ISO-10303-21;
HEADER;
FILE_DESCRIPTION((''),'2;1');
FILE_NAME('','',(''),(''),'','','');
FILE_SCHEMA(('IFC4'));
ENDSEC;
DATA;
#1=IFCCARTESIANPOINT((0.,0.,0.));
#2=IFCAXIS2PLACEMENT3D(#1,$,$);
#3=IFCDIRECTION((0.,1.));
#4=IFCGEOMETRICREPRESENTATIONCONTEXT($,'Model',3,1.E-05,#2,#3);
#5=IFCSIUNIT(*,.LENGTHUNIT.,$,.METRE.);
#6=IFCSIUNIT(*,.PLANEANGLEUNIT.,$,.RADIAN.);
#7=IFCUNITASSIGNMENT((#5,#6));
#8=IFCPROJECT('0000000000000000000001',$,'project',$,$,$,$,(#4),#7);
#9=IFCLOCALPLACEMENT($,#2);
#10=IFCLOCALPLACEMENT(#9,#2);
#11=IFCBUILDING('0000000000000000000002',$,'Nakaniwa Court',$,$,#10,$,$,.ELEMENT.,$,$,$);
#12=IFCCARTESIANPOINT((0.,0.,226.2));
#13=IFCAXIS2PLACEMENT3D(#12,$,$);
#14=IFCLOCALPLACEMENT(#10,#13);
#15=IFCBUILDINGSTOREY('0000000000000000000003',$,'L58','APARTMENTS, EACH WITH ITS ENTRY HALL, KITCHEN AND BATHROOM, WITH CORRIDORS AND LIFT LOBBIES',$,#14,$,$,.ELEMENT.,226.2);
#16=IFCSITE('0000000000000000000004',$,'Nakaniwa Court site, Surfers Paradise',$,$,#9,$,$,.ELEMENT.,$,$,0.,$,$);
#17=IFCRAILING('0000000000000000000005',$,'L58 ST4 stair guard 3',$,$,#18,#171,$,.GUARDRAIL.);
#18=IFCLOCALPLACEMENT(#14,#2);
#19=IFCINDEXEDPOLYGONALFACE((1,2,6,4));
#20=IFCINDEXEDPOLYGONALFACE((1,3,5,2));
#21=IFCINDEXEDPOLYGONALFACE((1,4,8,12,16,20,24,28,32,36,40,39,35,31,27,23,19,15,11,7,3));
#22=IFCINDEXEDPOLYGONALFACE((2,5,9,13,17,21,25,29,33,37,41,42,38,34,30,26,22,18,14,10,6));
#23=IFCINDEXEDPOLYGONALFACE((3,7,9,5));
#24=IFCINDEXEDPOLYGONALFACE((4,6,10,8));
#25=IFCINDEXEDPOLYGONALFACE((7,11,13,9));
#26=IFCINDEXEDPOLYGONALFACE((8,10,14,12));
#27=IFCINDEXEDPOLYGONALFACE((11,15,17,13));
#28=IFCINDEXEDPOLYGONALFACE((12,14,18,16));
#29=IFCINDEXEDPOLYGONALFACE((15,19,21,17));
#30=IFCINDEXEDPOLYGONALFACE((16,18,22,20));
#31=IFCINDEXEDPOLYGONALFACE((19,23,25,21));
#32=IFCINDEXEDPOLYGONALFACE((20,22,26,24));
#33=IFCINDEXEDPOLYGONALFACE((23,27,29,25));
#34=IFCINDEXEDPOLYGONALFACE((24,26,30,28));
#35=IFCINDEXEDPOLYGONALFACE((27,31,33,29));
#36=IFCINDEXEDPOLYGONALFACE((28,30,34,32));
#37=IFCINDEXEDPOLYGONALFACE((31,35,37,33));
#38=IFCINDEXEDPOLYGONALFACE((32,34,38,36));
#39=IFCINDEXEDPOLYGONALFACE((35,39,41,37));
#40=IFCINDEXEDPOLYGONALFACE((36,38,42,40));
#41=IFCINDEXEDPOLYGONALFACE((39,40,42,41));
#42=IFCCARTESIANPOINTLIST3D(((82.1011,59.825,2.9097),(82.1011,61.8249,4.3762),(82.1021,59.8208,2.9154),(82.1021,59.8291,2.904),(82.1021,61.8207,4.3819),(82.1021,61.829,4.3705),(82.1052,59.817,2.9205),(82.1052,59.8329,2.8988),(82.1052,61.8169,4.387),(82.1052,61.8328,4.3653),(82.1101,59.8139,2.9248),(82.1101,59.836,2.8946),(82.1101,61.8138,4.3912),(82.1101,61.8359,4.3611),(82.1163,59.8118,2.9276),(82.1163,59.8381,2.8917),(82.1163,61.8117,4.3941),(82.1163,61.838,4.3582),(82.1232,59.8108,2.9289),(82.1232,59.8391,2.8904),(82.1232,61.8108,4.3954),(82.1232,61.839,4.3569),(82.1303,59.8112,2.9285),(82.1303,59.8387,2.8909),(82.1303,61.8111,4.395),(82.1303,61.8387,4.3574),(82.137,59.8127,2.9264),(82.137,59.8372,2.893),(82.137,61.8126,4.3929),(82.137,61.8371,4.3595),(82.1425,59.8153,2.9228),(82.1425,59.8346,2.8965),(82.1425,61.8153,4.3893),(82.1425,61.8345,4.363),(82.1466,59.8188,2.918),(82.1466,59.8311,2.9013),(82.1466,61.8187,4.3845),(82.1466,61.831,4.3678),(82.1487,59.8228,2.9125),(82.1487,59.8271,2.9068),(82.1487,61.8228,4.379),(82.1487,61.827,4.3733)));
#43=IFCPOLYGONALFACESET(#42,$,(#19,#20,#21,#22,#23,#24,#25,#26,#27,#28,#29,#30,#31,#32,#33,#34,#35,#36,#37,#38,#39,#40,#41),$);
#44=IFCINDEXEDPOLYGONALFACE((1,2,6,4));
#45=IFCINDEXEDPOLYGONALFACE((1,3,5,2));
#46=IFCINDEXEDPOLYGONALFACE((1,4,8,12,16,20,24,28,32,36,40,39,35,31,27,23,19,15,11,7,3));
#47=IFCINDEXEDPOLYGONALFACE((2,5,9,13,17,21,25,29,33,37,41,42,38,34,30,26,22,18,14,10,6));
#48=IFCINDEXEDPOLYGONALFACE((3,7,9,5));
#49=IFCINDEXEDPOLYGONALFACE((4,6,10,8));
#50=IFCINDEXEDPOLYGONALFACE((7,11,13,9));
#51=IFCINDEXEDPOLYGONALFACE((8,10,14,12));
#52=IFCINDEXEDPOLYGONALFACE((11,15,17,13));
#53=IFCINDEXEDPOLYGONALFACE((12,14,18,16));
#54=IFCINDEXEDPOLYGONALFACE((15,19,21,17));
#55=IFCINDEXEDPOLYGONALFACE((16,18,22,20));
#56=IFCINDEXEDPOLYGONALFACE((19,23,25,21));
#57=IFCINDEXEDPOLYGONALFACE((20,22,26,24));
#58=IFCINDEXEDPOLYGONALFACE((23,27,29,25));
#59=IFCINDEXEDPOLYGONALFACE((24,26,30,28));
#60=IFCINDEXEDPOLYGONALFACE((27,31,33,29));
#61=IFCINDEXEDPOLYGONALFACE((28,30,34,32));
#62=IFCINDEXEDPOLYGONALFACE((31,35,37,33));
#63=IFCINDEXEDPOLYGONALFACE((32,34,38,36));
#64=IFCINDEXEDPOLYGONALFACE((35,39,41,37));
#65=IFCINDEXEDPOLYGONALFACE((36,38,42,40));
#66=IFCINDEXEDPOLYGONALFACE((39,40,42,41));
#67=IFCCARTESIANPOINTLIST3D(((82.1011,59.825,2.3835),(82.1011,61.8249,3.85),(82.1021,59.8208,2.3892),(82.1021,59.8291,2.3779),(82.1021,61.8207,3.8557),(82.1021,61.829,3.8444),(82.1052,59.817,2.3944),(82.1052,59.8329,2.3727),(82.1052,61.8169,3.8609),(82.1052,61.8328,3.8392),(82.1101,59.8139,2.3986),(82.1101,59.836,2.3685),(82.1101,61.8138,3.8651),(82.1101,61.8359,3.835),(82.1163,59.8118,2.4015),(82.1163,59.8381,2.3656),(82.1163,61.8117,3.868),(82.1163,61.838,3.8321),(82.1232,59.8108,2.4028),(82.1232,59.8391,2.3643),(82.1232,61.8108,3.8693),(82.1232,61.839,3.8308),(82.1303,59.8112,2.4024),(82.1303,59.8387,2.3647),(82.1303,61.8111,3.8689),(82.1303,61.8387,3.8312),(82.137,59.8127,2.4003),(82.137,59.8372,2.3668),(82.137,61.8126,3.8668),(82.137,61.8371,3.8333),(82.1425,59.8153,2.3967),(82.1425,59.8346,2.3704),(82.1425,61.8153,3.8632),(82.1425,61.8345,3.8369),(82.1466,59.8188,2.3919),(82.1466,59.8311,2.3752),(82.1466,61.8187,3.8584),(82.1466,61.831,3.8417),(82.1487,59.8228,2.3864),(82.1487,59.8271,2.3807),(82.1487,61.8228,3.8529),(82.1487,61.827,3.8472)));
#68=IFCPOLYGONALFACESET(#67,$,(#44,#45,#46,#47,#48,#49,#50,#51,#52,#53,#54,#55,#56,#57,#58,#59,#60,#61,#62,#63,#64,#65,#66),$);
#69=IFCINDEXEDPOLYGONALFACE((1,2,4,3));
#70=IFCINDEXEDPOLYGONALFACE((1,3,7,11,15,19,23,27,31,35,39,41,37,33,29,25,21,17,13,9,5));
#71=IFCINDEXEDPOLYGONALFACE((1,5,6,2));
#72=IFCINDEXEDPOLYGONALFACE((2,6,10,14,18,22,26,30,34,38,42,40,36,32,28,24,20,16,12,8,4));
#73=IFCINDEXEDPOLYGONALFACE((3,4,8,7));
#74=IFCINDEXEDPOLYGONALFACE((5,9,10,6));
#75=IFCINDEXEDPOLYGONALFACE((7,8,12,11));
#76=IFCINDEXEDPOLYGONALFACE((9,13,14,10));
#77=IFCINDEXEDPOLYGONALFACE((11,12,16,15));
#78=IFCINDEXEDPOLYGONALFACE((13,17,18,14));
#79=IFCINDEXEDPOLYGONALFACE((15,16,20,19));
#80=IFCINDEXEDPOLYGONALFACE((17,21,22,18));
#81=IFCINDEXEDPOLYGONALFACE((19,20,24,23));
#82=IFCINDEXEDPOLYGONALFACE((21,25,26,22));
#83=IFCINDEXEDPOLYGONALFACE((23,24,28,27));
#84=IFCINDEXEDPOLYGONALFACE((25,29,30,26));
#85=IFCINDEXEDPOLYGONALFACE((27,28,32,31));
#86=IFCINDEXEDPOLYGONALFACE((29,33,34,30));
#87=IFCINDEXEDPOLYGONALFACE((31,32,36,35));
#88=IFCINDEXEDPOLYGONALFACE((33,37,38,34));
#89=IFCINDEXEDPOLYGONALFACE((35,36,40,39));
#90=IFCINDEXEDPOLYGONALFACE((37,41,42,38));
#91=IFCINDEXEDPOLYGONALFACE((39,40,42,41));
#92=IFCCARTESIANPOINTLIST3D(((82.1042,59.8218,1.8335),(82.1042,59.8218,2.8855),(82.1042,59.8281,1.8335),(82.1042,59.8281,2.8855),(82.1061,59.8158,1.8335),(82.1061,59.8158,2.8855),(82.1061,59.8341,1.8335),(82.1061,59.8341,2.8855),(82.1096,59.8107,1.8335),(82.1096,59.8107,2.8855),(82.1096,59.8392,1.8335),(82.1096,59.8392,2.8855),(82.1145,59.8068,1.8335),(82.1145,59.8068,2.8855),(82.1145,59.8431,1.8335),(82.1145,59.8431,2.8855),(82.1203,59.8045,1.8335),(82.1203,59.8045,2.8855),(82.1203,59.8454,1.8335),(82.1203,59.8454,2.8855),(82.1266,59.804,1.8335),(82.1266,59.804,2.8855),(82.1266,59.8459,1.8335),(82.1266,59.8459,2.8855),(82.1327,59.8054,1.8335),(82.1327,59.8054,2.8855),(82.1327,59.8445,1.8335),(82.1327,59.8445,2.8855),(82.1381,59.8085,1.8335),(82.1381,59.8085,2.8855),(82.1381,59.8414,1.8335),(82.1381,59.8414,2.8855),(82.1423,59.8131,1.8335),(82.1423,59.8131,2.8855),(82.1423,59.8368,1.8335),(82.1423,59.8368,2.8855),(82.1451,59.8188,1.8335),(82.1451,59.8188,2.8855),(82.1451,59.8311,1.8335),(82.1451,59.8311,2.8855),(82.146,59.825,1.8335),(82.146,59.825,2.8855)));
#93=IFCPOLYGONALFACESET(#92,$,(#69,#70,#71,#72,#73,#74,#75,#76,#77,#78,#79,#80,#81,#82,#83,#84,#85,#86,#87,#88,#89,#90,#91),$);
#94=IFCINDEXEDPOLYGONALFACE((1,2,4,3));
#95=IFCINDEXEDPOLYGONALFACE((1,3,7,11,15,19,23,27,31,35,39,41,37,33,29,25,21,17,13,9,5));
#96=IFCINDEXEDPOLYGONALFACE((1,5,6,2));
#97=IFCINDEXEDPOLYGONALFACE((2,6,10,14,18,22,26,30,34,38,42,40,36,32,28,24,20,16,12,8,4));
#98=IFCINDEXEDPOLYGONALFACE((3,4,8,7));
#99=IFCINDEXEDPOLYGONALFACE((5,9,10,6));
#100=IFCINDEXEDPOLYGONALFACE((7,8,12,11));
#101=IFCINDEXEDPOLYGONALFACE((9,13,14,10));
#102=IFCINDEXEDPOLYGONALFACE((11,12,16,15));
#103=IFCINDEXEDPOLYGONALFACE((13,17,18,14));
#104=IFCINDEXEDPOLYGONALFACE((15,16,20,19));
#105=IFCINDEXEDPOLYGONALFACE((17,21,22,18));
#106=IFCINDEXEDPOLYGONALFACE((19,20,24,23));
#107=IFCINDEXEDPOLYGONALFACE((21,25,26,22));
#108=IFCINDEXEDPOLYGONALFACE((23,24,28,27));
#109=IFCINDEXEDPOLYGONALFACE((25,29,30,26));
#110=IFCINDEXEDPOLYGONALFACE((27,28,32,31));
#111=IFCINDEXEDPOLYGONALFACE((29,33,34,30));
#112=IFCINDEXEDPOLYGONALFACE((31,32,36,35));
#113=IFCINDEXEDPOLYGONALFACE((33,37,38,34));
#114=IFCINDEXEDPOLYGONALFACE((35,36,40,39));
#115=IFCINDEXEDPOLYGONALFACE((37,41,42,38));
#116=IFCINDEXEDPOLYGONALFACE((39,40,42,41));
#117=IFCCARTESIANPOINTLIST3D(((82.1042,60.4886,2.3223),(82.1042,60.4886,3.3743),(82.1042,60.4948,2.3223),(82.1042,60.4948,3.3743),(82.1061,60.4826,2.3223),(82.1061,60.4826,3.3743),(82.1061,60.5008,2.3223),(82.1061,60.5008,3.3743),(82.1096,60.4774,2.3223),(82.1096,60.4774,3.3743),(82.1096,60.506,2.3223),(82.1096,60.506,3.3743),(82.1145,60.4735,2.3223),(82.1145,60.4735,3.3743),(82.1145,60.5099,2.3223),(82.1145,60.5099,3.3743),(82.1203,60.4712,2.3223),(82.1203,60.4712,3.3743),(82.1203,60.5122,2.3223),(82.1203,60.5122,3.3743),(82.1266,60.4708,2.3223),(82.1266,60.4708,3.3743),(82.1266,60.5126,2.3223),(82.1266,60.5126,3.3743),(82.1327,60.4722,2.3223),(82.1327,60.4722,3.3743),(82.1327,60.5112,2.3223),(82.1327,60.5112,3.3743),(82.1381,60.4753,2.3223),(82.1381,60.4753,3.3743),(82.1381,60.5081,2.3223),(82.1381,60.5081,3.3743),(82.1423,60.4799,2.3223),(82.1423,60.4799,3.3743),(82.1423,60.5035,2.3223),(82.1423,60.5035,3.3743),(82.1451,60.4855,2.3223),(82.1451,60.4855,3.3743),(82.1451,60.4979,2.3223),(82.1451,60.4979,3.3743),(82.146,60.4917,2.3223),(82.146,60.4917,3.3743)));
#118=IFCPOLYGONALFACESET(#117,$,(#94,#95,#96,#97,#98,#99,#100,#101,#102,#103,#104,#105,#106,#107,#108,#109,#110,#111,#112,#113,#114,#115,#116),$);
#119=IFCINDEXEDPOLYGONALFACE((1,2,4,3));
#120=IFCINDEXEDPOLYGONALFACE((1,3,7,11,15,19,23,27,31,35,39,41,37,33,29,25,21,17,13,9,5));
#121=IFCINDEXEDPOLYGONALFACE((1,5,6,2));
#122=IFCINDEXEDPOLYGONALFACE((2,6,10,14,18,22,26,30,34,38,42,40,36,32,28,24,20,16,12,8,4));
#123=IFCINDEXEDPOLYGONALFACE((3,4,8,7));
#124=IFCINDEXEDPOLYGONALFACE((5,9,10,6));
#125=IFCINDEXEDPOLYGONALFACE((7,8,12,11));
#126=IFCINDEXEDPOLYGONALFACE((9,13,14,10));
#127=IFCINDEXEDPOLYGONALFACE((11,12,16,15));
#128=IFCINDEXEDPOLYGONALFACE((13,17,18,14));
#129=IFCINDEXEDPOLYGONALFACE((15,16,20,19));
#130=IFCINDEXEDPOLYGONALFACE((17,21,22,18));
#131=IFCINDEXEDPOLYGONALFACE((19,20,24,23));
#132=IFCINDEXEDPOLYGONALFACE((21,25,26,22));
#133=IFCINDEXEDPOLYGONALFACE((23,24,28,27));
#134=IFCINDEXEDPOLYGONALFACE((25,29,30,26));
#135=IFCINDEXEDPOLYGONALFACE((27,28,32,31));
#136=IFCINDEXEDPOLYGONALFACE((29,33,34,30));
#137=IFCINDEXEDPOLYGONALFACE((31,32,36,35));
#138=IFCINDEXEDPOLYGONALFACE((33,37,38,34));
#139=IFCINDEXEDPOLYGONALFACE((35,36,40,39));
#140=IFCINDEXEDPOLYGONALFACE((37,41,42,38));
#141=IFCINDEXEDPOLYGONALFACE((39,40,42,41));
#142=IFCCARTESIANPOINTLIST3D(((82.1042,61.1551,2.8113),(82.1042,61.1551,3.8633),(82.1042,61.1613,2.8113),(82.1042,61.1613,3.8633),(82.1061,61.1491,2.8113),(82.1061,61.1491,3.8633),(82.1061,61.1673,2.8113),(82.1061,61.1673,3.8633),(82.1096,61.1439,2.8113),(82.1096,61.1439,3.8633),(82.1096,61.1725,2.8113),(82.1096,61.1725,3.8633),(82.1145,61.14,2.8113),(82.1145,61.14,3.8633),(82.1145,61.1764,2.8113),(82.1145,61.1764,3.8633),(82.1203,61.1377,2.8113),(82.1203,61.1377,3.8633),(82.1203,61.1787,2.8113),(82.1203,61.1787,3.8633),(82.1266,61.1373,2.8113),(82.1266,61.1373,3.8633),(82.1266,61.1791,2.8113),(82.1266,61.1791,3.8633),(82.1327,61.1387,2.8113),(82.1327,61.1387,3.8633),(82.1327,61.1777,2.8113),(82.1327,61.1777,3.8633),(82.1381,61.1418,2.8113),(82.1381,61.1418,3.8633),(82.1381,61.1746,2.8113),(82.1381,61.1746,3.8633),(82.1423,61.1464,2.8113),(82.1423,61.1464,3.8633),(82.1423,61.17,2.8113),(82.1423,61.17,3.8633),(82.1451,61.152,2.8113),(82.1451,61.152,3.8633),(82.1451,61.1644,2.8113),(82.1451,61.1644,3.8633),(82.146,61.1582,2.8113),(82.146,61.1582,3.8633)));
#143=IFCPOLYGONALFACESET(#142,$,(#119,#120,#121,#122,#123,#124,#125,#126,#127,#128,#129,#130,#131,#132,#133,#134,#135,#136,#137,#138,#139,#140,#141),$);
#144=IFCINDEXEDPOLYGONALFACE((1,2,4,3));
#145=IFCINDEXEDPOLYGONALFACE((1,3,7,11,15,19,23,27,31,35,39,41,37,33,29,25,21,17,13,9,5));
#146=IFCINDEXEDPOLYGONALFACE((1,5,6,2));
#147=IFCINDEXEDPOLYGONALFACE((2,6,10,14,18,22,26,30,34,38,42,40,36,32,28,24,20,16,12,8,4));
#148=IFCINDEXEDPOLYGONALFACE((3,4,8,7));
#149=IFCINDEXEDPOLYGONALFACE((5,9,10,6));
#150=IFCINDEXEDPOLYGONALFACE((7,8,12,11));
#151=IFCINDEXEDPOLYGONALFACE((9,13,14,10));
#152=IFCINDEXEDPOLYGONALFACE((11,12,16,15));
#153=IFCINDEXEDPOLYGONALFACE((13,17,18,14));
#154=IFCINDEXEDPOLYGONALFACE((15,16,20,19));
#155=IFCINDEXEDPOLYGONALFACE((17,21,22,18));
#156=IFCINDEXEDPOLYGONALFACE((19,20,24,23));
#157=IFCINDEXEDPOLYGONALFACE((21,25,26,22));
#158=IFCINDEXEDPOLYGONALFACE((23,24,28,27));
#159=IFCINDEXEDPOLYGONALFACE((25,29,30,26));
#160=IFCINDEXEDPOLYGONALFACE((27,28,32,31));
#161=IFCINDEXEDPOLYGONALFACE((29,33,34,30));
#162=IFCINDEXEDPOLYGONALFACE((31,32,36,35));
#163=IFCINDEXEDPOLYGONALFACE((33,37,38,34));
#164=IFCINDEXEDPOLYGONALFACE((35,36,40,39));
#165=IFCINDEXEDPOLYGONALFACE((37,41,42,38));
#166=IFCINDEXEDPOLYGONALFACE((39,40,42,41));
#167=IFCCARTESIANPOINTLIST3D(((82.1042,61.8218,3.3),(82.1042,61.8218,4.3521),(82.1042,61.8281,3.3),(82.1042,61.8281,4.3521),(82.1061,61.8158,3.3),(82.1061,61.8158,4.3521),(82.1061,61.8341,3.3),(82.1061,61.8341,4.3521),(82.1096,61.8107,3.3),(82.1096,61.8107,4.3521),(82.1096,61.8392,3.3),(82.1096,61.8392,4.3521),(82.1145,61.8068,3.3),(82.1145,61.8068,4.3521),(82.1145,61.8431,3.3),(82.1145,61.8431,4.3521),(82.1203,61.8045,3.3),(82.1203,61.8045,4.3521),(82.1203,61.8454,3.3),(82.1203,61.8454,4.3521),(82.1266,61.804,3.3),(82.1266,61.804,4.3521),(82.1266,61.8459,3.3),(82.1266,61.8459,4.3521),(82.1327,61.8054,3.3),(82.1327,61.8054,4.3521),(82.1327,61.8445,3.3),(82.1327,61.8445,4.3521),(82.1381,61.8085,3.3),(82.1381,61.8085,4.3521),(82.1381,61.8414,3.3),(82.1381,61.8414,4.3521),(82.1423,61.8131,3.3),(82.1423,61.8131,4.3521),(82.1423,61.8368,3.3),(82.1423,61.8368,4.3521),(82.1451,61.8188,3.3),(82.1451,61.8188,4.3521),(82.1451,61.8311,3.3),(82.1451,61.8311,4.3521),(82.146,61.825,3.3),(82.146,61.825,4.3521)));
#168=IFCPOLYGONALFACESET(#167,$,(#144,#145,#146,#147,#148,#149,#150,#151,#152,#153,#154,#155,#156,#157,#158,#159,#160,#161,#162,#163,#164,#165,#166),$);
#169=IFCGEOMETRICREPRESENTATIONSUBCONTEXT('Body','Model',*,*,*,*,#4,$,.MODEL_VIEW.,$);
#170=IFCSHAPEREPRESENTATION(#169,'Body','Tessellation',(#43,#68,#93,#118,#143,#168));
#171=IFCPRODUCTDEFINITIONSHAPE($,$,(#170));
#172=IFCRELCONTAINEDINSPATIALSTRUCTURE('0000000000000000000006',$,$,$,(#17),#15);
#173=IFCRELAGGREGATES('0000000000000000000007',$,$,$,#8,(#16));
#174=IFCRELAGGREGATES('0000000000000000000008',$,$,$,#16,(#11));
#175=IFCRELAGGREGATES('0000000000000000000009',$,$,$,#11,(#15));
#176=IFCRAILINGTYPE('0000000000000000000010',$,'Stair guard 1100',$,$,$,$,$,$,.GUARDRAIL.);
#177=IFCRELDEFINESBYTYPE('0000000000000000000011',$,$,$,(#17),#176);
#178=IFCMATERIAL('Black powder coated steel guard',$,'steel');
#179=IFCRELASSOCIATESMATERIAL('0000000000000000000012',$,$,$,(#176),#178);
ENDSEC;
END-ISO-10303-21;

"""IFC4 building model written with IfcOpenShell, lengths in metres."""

from ifc_helpers import new_model, si_unit, direction, frame, origin, origin_2d, place, context, subcontext, project, spatial, circle, extrude, material, type_object, element, save


model = new_model("IFC4")

# Units and contexts
model_context = context("Model", 3, precision=1e-05, world=origin(), true_north=direction((0.0, 1.0)))
body_context = subcontext(model_context, "Body", "Model", "MODEL_VIEW")
ifc_project = project(units=[si_unit("LENGTHUNIT", "METRE"), si_unit("PLANEANGLEUNIT", "RADIAN")], contexts=[model_context])

# Site, building, storey
site_placement = place(None, origin())
site = spatial("IfcSite", under=ifc_project, at=site_placement, Name="Nakaniwa Court site, Surfers Paradise", CompositionType="ELEMENT", RefElevation=0.0)
building_placement = place(site_placement, origin())
building = spatial("IfcBuilding", under=site, at=building_placement, Name="Nakaniwa Court", CompositionType="ELEMENT")
storey_placement = place(building_placement, frame((0.0, 0.0, 226.2)))
storey = spatial("IfcBuildingStorey", under=building, at=storey_placement, Name="L58", Description="APARTMENTS, EACH WITH ITS ENTRY HALL, KITCHEN AND BATHROOM, WITH CORRIDORS AND LIFT LOBBIES", CompositionType="ELEMENT", Elevation=226.2)

# Railing
ifc_material_1 = material(Name="Black powder coated steel guard", Category="steel")
railing_type_1 = type_object("IfcRailingType", Name="Stair guard 1100", PredefinedType="GUARDRAIL", material=ifc_material_1)
railing_1_placement = place(storey_placement, frame((82.125, 59.825, 1.8335)))
element("IfcRailing", 1, at=railing_1_placement, inside=storey, type_object=railing_type_1, Name="L58 ST4 stair guard 3", PredefinedType="GUARDRAIL", context=body_context, shape_type="SweptSolid", body=[
    extrude(circle(Radius=0.0239, at=origin_2d()), frame((0.0, 0.0, 1.0762), z_axis=(0.0, 0.806427, 0.591334), x_axis=(-1.0, 0.0, 0.0)), (0.0, 0.0, 1.0), 2.48),
    extrude(circle(Radius=0.0239, at=origin_2d()), frame((0.0, 0.0, 0.55), z_axis=(0.0, 0.806427, 0.591334), x_axis=(-1.0, 0.0, 0.0)), (0.0, 0.0, 1.0), 2.48),
    extrude(circle(Radius=0.021, at=origin_2d()), origin(), (0.0, 0.0, 1.0), 1.052),
    extrude(circle(Radius=0.021, at=origin_2d()), frame((0.0, 0.6667, 0.4888)), (0.0, 0.0, 1.0), 1.052),
    extrude(circle(Radius=0.021, at=origin_2d()), frame((0.0, 1.3333, 0.9778)), (0.0, 0.0, 1.0), 1.052),
    extrude(circle(Radius=0.021, at=origin_2d()), frame((0.0, 2.0, 1.4666)), (0.0, 0.0, 1.0), 1.052),
])

save(model, "model.ifc")
